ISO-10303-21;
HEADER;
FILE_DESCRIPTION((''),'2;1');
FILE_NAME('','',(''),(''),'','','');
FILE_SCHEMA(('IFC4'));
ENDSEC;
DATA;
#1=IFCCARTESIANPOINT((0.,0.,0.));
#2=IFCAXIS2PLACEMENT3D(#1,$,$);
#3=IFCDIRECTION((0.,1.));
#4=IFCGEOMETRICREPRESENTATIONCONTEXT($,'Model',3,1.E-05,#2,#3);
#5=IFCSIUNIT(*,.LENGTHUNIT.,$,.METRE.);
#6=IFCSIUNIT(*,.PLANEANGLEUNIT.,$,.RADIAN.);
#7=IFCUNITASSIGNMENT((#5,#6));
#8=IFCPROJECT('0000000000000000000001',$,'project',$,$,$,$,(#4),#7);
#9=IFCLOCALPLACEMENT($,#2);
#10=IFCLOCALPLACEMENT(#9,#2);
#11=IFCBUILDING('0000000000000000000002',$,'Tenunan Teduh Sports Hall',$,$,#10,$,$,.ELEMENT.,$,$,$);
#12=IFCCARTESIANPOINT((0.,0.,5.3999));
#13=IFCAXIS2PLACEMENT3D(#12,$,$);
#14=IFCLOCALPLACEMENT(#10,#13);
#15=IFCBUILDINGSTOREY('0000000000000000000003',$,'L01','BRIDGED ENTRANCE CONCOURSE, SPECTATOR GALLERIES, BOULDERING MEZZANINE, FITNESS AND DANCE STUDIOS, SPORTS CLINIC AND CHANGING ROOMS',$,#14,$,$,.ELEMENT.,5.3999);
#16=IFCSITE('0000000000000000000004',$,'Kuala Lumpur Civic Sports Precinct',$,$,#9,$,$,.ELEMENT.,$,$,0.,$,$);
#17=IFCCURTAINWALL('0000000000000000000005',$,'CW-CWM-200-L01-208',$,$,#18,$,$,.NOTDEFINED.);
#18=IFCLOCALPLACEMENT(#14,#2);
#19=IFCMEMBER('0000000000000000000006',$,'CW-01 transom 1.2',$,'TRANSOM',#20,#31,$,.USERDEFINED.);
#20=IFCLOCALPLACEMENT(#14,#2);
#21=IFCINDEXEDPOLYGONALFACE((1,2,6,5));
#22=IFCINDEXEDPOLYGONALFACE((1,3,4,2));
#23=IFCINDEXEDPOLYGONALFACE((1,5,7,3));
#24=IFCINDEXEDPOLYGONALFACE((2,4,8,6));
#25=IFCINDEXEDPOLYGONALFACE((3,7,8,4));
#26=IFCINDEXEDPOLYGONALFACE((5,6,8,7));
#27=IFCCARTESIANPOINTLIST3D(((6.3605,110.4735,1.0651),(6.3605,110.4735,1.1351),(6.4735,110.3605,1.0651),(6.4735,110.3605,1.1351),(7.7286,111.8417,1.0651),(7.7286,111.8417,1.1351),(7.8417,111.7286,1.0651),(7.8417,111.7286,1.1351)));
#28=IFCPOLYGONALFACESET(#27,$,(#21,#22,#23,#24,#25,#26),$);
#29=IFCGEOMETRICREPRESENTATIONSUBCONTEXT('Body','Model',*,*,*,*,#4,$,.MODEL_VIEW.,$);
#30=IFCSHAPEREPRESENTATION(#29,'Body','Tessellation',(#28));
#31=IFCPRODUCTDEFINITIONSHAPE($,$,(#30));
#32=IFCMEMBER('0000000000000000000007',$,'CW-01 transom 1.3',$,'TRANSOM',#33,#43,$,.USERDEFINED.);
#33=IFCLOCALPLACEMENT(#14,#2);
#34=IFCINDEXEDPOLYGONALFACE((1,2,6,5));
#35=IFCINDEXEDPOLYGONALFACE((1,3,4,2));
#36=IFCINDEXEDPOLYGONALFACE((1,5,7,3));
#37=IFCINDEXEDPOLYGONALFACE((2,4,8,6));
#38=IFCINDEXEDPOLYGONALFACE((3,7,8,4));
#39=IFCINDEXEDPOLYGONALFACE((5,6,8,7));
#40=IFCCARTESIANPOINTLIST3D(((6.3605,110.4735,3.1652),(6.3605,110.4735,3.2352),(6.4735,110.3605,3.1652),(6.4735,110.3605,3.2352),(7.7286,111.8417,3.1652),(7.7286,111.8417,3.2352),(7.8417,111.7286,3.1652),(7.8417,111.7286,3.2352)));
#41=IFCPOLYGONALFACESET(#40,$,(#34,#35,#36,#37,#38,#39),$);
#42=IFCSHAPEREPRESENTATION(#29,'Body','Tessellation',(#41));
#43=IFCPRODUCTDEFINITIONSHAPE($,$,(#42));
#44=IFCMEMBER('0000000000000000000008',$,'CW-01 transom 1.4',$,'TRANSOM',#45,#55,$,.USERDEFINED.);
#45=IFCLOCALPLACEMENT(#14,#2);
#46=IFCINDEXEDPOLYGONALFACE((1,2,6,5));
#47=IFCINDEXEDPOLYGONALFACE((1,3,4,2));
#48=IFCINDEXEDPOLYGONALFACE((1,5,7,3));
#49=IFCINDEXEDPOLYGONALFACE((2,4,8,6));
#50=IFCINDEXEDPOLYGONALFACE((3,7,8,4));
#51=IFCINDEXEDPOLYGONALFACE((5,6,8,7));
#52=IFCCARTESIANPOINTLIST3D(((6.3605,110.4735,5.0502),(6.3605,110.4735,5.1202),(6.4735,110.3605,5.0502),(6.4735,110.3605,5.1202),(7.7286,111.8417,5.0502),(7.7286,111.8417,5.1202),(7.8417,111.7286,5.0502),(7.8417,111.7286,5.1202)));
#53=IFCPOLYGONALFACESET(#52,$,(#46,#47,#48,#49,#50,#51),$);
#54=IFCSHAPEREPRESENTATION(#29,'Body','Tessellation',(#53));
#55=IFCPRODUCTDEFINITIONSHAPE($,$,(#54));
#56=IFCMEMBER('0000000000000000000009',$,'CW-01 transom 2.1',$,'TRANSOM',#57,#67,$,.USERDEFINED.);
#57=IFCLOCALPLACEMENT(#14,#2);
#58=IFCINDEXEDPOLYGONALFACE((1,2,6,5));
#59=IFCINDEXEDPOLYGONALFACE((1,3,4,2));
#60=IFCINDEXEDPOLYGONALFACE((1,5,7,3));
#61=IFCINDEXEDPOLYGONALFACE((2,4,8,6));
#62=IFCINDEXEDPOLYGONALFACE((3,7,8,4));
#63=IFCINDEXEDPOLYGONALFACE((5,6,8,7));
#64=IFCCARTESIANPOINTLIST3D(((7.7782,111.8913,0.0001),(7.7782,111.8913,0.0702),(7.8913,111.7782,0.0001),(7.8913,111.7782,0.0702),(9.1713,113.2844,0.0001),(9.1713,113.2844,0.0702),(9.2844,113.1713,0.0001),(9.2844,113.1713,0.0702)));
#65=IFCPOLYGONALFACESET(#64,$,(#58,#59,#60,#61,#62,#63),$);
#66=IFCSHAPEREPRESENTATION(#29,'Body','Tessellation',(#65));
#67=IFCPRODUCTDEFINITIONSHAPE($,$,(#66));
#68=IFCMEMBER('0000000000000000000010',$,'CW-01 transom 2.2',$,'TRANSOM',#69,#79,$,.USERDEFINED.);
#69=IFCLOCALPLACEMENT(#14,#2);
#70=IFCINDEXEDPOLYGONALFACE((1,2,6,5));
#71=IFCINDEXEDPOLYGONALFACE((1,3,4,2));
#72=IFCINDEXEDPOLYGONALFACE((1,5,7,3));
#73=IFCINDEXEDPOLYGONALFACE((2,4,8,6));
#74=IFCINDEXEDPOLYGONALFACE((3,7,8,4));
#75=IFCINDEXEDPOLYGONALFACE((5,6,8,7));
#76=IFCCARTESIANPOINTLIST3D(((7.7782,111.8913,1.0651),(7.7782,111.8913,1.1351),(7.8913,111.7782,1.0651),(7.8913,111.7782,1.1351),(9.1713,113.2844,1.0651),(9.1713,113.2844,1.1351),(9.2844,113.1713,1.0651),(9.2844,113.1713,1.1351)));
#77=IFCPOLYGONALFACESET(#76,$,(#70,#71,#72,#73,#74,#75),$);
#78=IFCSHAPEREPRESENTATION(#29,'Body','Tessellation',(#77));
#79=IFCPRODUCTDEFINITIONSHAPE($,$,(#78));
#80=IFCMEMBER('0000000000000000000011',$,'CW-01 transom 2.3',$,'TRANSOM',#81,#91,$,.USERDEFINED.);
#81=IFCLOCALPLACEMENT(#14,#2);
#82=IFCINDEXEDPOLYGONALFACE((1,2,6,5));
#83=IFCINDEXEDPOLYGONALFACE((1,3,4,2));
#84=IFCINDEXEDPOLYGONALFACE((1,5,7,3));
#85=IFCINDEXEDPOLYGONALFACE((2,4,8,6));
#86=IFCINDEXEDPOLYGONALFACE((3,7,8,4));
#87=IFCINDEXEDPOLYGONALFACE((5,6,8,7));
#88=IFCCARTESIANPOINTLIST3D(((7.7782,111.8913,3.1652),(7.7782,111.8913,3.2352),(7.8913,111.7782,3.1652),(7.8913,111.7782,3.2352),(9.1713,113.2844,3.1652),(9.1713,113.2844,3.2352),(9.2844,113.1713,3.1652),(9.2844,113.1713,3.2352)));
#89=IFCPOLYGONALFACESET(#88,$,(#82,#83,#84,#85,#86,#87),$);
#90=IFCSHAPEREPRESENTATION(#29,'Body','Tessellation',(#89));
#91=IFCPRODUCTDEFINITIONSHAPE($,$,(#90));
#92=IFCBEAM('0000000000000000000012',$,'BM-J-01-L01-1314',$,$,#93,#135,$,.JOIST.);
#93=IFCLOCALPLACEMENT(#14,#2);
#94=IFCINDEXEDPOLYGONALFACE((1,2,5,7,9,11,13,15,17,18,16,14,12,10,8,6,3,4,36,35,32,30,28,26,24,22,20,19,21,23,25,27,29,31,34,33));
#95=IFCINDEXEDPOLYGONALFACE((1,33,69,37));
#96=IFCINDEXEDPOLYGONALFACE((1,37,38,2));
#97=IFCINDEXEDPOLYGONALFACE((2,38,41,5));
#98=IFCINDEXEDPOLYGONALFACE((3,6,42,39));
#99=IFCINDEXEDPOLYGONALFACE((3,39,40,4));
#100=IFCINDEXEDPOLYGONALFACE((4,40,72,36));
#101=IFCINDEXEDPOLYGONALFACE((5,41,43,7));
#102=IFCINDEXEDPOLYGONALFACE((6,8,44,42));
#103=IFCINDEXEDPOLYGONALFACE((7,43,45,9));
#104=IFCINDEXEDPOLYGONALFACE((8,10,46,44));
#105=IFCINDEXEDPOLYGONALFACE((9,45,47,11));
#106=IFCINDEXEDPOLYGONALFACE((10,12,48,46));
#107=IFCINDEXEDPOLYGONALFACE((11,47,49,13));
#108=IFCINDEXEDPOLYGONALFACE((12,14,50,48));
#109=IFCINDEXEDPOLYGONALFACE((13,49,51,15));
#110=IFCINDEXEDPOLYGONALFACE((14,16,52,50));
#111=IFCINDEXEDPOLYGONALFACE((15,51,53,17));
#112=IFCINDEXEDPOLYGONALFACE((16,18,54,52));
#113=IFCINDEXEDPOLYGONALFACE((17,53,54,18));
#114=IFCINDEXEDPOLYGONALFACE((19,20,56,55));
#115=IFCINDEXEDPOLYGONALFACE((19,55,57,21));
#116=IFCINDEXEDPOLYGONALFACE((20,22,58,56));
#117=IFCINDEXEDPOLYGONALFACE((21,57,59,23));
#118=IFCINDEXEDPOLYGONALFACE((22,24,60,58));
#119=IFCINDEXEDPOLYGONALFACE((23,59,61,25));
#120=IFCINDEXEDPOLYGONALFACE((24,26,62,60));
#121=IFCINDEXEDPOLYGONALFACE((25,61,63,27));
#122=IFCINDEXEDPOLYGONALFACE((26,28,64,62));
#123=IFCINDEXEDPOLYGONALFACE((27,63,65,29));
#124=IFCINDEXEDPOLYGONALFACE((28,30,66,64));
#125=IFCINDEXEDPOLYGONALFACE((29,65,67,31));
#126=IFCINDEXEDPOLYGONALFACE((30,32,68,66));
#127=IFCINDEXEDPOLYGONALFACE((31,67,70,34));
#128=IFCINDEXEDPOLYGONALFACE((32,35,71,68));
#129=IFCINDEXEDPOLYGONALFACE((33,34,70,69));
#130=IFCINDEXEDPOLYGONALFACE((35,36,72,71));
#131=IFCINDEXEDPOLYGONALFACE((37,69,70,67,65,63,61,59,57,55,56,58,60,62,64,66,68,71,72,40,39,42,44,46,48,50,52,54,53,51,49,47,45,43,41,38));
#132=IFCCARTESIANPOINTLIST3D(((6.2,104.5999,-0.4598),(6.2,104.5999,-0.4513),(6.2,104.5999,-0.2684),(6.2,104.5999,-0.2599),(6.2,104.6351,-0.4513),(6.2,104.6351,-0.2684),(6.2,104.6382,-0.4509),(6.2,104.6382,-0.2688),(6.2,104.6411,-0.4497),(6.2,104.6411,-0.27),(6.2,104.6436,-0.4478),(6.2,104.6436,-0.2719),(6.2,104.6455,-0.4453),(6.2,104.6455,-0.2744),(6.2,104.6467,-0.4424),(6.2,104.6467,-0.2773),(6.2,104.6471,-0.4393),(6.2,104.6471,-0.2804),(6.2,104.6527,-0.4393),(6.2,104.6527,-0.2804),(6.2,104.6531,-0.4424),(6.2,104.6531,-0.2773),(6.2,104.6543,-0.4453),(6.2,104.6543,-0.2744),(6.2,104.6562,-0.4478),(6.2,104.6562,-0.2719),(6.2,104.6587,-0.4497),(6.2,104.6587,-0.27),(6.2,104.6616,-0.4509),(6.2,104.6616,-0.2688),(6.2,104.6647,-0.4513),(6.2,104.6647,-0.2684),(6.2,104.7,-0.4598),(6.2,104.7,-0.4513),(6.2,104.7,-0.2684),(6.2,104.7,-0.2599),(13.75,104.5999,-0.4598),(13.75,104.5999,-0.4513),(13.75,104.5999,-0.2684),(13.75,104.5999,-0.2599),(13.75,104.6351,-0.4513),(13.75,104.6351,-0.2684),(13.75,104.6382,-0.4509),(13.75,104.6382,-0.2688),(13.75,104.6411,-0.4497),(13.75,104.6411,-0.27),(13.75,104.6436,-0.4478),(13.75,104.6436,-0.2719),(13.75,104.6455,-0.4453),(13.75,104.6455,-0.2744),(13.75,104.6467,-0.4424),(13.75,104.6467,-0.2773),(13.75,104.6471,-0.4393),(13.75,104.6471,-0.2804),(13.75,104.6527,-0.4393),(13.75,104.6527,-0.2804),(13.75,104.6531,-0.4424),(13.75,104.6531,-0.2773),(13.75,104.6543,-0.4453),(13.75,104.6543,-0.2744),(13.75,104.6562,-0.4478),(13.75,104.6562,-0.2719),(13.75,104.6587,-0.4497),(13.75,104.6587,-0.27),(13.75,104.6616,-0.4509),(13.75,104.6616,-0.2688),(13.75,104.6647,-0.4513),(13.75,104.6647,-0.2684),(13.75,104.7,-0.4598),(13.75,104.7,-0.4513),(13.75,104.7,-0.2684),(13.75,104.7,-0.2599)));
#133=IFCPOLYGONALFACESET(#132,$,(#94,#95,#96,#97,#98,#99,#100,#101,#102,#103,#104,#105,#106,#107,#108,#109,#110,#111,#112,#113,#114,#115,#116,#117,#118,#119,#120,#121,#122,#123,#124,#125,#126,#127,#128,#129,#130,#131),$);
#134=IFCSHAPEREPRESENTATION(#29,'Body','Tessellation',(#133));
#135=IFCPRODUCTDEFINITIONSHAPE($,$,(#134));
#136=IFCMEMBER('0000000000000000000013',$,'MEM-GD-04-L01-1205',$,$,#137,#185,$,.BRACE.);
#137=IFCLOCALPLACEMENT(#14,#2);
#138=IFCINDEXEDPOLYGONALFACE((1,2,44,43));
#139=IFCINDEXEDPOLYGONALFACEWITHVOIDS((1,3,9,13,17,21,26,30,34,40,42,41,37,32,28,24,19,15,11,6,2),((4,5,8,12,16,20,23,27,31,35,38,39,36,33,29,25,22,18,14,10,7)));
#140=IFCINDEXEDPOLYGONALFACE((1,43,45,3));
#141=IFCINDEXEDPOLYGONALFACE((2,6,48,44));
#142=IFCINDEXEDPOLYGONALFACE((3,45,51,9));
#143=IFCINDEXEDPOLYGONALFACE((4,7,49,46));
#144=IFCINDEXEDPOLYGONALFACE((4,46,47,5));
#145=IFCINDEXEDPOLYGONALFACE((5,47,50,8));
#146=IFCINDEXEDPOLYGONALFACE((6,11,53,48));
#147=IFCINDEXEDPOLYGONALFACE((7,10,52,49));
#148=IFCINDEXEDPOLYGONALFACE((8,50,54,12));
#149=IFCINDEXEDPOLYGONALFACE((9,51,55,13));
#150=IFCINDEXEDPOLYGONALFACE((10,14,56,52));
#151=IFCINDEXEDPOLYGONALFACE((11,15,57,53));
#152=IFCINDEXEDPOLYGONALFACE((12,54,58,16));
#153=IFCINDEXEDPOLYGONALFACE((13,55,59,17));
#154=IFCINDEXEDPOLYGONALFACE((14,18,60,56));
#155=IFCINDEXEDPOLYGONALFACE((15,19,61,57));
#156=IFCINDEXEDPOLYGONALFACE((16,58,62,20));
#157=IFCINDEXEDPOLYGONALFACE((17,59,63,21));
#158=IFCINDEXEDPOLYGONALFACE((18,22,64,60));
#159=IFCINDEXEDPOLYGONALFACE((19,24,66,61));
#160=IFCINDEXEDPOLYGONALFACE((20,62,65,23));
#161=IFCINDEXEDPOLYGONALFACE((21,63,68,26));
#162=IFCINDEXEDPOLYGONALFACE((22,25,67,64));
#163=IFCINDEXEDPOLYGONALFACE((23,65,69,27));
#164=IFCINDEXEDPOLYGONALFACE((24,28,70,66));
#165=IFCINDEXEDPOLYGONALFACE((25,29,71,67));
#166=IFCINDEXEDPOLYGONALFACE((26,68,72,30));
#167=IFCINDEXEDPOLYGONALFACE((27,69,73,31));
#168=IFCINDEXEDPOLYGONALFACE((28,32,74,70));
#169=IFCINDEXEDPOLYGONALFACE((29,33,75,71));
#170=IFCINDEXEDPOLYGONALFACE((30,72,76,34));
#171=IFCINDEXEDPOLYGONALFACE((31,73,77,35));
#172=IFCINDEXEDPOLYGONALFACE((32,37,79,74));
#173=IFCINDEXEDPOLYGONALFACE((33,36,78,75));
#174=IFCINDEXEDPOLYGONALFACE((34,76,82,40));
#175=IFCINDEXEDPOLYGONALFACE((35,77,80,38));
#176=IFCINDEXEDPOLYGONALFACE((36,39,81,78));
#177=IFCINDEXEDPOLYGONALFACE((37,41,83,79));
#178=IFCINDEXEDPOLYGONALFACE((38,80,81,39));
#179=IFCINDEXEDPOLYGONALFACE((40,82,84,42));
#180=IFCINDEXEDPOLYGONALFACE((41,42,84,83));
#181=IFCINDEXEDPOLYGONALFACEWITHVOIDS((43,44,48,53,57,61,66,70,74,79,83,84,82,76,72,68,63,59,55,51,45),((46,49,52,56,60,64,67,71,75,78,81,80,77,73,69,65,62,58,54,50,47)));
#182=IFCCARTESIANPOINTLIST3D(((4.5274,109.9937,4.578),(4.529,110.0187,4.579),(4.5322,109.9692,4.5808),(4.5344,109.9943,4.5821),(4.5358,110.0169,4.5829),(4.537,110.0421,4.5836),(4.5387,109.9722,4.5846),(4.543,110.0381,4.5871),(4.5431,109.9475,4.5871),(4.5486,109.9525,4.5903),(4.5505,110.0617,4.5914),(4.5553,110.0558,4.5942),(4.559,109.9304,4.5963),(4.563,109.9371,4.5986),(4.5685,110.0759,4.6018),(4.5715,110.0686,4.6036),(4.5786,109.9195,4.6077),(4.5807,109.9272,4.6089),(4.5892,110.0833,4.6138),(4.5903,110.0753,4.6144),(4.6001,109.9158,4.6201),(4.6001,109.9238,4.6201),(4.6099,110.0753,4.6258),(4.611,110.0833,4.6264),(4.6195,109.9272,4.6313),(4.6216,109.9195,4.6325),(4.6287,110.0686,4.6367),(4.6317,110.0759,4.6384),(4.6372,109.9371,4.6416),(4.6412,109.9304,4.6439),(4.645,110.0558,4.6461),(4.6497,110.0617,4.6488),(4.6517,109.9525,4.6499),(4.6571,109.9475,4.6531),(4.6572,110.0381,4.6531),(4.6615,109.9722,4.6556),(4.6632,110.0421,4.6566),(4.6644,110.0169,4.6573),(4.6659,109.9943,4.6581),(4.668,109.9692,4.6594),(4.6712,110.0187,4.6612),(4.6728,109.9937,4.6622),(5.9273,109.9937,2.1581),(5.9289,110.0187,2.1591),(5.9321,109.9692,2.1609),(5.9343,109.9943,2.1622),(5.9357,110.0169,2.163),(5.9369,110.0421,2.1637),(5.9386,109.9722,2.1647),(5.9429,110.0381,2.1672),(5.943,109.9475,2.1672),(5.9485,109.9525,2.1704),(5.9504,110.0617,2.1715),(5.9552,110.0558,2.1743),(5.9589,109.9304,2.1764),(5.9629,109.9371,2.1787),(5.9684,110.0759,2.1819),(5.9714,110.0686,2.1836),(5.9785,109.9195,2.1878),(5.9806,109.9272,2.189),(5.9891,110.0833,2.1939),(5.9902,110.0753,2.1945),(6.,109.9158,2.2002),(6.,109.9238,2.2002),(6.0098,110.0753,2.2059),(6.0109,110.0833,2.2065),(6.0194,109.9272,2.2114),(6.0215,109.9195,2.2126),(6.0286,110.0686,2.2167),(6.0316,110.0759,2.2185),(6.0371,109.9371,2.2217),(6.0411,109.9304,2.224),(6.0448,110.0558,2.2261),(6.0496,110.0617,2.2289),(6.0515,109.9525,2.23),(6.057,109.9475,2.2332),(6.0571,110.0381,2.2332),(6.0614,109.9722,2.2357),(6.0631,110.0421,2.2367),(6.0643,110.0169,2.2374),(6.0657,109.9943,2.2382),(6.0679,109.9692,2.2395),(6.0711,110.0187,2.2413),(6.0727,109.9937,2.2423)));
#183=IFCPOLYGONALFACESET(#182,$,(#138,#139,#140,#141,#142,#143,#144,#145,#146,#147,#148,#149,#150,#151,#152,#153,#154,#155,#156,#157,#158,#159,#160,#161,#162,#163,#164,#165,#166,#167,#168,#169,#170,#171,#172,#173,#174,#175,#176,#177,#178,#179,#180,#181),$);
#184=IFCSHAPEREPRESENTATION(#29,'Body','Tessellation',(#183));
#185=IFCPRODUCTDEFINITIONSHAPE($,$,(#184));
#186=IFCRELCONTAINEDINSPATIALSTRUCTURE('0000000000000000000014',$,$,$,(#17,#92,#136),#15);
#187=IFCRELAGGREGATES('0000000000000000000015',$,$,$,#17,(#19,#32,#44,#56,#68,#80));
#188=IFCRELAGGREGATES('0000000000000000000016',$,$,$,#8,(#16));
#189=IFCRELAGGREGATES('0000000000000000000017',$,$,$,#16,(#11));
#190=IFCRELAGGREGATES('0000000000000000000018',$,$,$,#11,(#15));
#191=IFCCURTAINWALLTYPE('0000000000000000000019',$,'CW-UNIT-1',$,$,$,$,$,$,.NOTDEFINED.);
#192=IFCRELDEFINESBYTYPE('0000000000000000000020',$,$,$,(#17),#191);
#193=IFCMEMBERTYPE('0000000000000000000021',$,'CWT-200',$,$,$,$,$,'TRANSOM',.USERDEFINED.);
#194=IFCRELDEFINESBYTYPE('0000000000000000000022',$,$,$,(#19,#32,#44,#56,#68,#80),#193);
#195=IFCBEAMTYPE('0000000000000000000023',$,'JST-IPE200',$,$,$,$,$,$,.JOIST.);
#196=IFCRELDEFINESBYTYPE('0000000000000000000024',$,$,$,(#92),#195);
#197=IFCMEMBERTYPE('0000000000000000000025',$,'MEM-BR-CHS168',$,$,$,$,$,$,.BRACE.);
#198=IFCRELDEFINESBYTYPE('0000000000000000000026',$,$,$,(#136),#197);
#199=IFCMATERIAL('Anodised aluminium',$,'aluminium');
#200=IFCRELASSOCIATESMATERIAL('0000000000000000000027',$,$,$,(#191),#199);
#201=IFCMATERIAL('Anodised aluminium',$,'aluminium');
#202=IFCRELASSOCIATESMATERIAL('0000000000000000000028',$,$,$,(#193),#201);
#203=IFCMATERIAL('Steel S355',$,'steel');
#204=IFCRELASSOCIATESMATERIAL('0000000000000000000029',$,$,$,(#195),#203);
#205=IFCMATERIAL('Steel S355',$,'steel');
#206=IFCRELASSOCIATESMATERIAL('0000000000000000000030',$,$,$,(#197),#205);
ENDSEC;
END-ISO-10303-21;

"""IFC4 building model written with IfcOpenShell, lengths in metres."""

from ifc_helpers import new_model, si_unit, direction, frame, origin, origin_2d, place, context, subcontext, project, spatial, rectangle, hollow_circle, i_section, extrude, material, material_profile, profile_set, type_object, element, aggregate, save


model = new_model("IFC4")

# Units and contexts
model_context = context("Model", 3, precision=1e-05, world=origin(), true_north=direction((0.0, 1.0)))
body_context = subcontext(model_context, "Body", "Model", "MODEL_VIEW")
ifc_project = project(units=[si_unit("LENGTHUNIT", "METRE"), si_unit("PLANEANGLEUNIT", "RADIAN")], contexts=[model_context])

# Site, building, storey
site_placement = place(None, origin())
site = spatial("IfcSite", under=ifc_project, at=site_placement, Name="Kuala Lumpur Civic Sports Precinct", CompositionType="ELEMENT", RefElevation=0.0)
building_placement = place(site_placement, origin())
building = spatial("IfcBuilding", under=site, at=building_placement, Name="Tenunan Teduh Sports Hall", CompositionType="ELEMENT")
storey_placement = place(building_placement, frame((0.0, 0.0, 5.3999)))
storey = spatial("IfcBuildingStorey", under=building, at=storey_placement, Name="L01", Description="BRIDGED ENTRANCE CONCOURSE, SPECTATOR GALLERIES, BOULDERING MEZZANINE, FITNESS AND DANCE STUDIOS, SPORTS CLINIC AND CHANGING ROOMS", CompositionType="ELEMENT", Elevation=5.3999)

# Curtain wall, members
ifc_material_1 = material(Name="Anodised aluminium", Category="aluminium")
curtain_wall_type = type_object("IfcCurtainWallType", Name="CW-UNIT-1", PredefinedType="NOTDEFINED", material=ifc_material_1)
curtain_wall_placement = place(storey_placement, origin())
curtain_wall = element("IfcCurtainWall", 1, at=curtain_wall_placement, inside=storey, type_object=curtain_wall_type, Name="CW-CWM-200-L01-208", PredefinedType="NOTDEFINED")
ifc_material_2 = material(Name="Anodised aluminium", Category="aluminium")
ifc_material_profile_1 = material_profile(ifc_material_2, rectangle(XDim=0.0701, YDim=0.1599, at=origin_2d()), Name="CWT 70x160")
ifc_profile_set_1 = profile_set([ifc_material_profile_1], Name="Anodised aluminium")
member_type_1 = type_object("IfcMemberType", Name="CWT-200", ElementType="TRANSOM", PredefinedType="USERDEFINED", material=ifc_profile_set_1)
member_1_placement = place(storey_placement, frame((6.417, 110.417, 1.1001), z_axis=(0.707107, 0.707107, 0.0), x_axis=(0.0, 0.0, 1.0)))
member_1 = element("IfcMember", 2, at=member_1_placement, type_object=member_type_1, Name="CW-01 transom 1.2", ObjectType="TRANSOM", PredefinedType="USERDEFINED", context=body_context, shape_type="SweptSolid", body=[
    extrude(rectangle(XDim=0.0701, YDim=0.1599, at=origin_2d()), origin(), (0.0, 0.0, 1.0), 1.9348),
])
member_2_placement = place(storey_placement, frame((6.417, 110.417, 3.2002), z_axis=(0.707107, 0.707107, 0.0), x_axis=(0.0, 0.0, 1.0)))
member_2 = element("IfcMember", 3, at=member_2_placement, type_object=member_type_1, Name="CW-01 transom 1.3", ObjectType="TRANSOM", PredefinedType="USERDEFINED", context=body_context, shape_type="SweptSolid", body=[
    extrude(rectangle(XDim=0.0701, YDim=0.1599, at=origin_2d()), origin(), (0.0, 0.0, 1.0), 1.9348),
])
member_3_placement = place(storey_placement, frame((6.417, 110.417, 5.0852), z_axis=(0.707107, 0.707107, 0.0), x_axis=(0.0, 0.0, 1.0)))
member_3 = element("IfcMember", 4, at=member_3_placement, type_object=member_type_1, Name="CW-01 transom 1.4", ObjectType="TRANSOM", PredefinedType="USERDEFINED", context=body_context, shape_type="SweptSolid", body=[
    extrude(rectangle(XDim=0.0701, YDim=0.1599, at=origin_2d()), origin(), (0.0, 0.0, 1.0), 1.9348),
])
member_4_placement = place(storey_placement, frame((7.8347, 111.8347, 0.0352), z_axis=(0.707107, 0.707107, 0.0), x_axis=(0.0, 0.0, 1.0)))
member_4 = element("IfcMember", 5, at=member_4_placement, type_object=member_type_1, Name="CW-01 transom 2.1", ObjectType="TRANSOM", PredefinedType="USERDEFINED", context=body_context, shape_type="SweptSolid", body=[
    extrude(rectangle(XDim=0.0701, YDim=0.1599, at=origin_2d()), origin(), (0.0, 0.0, 1.0), 1.9702),
])
member_5_placement = place(storey_placement, frame((7.8347, 111.8347, 1.1001), z_axis=(0.707107, 0.707107, 0.0), x_axis=(0.0, 0.0, 1.0)))
member_5 = element("IfcMember", 6, at=member_5_placement, type_object=member_type_1, Name="CW-01 transom 2.2", ObjectType="TRANSOM", PredefinedType="USERDEFINED", context=body_context, shape_type="SweptSolid", body=[
    extrude(rectangle(XDim=0.0701, YDim=0.1599, at=origin_2d()), origin(), (0.0, 0.0, 1.0), 1.9702),
])
member_6_placement = place(storey_placement, frame((7.8347, 111.8347, 3.2002), z_axis=(0.707107, 0.707107, 0.0), x_axis=(0.0, 0.0, 1.0)))
member_6 = element("IfcMember", 7, at=member_6_placement, type_object=member_type_1, Name="CW-01 transom 2.3", ObjectType="TRANSOM", PredefinedType="USERDEFINED", context=body_context, shape_type="SweptSolid", body=[
    extrude(rectangle(XDim=0.0701, YDim=0.1599, at=origin_2d()), origin(), (0.0, 0.0, 1.0), 1.9702),
])

# Beam
ifc_material_3 = material(Name="Steel S355", Category="steel")
ifc_material_profile_2 = material_profile(ifc_material_3, i_section(OverallWidth=0.1001, OverallDepth=0.2, WebThickness=0.0056, FlangeThickness=0.0085, FilletRadius=0.012, at=origin_2d()), Name="IPE 200")
ifc_profile_set_2 = profile_set([ifc_material_profile_2], Name="Steel S355")
beam_type_1 = type_object("IfcBeamType", Name="JST-IPE200", PredefinedType="JOIST", material=ifc_profile_set_2)
beam_1_placement = place(storey_placement, frame((6.2, 104.6499, -0.3599), z_axis=(1.0, 0.0, 0.0), x_axis=(0.0, 1.0, 0.0)))
element("IfcBeam", 8, at=beam_1_placement, inside=storey, type_object=beam_type_1, Name="BM-J-01-L01-1314", PredefinedType="JOIST", context=body_context, shape_type="SweptSolid", body=[
    extrude(i_section(OverallWidth=0.1001, OverallDepth=0.2, WebThickness=0.0056, FlangeThickness=0.0085, FilletRadius=0.012, at=origin_2d()), origin(), (0.0, 0.0, 1.0), 7.55),
])

# Member
ifc_material_4 = material(Name="Steel S355", Category="steel")
ifc_material_profile_3 = material_profile(ifc_material_4, hollow_circle(Radius=0.0842, WallThickness=0.0081, at=origin_2d()), Name="CHS 168.3x8.0")
ifc_profile_set_3 = profile_set([ifc_material_profile_3], Name="Steel S355")
member_type_2 = type_object("IfcMemberType", Name="MEM-BR-CHS168", PredefinedType="BRACE", material=ifc_profile_set_3)
member_7_placement = place(storey_placement, frame((6.0, 110.0, 2.2002), z_axis=(-0.50074, 0.0, 0.865598), x_axis=(0.0, -1.0, 0.0)))
element("IfcMember", 9, at=member_7_placement, inside=storey, type_object=member_type_2, Name="MEM-GD-04-L01-1205", PredefinedType="BRACE", context=body_context, shape_type="SweptSolid", body=[
    extrude(hollow_circle(Radius=0.0842, WallThickness=0.0081, at=origin_2d()), origin(), (0.0, 0.0, 1.0), 2.7957),
])

aggregate(curtain_wall, [member_1, member_2, member_3, member_4, member_5, member_6])

save(model, "model.ifc")
